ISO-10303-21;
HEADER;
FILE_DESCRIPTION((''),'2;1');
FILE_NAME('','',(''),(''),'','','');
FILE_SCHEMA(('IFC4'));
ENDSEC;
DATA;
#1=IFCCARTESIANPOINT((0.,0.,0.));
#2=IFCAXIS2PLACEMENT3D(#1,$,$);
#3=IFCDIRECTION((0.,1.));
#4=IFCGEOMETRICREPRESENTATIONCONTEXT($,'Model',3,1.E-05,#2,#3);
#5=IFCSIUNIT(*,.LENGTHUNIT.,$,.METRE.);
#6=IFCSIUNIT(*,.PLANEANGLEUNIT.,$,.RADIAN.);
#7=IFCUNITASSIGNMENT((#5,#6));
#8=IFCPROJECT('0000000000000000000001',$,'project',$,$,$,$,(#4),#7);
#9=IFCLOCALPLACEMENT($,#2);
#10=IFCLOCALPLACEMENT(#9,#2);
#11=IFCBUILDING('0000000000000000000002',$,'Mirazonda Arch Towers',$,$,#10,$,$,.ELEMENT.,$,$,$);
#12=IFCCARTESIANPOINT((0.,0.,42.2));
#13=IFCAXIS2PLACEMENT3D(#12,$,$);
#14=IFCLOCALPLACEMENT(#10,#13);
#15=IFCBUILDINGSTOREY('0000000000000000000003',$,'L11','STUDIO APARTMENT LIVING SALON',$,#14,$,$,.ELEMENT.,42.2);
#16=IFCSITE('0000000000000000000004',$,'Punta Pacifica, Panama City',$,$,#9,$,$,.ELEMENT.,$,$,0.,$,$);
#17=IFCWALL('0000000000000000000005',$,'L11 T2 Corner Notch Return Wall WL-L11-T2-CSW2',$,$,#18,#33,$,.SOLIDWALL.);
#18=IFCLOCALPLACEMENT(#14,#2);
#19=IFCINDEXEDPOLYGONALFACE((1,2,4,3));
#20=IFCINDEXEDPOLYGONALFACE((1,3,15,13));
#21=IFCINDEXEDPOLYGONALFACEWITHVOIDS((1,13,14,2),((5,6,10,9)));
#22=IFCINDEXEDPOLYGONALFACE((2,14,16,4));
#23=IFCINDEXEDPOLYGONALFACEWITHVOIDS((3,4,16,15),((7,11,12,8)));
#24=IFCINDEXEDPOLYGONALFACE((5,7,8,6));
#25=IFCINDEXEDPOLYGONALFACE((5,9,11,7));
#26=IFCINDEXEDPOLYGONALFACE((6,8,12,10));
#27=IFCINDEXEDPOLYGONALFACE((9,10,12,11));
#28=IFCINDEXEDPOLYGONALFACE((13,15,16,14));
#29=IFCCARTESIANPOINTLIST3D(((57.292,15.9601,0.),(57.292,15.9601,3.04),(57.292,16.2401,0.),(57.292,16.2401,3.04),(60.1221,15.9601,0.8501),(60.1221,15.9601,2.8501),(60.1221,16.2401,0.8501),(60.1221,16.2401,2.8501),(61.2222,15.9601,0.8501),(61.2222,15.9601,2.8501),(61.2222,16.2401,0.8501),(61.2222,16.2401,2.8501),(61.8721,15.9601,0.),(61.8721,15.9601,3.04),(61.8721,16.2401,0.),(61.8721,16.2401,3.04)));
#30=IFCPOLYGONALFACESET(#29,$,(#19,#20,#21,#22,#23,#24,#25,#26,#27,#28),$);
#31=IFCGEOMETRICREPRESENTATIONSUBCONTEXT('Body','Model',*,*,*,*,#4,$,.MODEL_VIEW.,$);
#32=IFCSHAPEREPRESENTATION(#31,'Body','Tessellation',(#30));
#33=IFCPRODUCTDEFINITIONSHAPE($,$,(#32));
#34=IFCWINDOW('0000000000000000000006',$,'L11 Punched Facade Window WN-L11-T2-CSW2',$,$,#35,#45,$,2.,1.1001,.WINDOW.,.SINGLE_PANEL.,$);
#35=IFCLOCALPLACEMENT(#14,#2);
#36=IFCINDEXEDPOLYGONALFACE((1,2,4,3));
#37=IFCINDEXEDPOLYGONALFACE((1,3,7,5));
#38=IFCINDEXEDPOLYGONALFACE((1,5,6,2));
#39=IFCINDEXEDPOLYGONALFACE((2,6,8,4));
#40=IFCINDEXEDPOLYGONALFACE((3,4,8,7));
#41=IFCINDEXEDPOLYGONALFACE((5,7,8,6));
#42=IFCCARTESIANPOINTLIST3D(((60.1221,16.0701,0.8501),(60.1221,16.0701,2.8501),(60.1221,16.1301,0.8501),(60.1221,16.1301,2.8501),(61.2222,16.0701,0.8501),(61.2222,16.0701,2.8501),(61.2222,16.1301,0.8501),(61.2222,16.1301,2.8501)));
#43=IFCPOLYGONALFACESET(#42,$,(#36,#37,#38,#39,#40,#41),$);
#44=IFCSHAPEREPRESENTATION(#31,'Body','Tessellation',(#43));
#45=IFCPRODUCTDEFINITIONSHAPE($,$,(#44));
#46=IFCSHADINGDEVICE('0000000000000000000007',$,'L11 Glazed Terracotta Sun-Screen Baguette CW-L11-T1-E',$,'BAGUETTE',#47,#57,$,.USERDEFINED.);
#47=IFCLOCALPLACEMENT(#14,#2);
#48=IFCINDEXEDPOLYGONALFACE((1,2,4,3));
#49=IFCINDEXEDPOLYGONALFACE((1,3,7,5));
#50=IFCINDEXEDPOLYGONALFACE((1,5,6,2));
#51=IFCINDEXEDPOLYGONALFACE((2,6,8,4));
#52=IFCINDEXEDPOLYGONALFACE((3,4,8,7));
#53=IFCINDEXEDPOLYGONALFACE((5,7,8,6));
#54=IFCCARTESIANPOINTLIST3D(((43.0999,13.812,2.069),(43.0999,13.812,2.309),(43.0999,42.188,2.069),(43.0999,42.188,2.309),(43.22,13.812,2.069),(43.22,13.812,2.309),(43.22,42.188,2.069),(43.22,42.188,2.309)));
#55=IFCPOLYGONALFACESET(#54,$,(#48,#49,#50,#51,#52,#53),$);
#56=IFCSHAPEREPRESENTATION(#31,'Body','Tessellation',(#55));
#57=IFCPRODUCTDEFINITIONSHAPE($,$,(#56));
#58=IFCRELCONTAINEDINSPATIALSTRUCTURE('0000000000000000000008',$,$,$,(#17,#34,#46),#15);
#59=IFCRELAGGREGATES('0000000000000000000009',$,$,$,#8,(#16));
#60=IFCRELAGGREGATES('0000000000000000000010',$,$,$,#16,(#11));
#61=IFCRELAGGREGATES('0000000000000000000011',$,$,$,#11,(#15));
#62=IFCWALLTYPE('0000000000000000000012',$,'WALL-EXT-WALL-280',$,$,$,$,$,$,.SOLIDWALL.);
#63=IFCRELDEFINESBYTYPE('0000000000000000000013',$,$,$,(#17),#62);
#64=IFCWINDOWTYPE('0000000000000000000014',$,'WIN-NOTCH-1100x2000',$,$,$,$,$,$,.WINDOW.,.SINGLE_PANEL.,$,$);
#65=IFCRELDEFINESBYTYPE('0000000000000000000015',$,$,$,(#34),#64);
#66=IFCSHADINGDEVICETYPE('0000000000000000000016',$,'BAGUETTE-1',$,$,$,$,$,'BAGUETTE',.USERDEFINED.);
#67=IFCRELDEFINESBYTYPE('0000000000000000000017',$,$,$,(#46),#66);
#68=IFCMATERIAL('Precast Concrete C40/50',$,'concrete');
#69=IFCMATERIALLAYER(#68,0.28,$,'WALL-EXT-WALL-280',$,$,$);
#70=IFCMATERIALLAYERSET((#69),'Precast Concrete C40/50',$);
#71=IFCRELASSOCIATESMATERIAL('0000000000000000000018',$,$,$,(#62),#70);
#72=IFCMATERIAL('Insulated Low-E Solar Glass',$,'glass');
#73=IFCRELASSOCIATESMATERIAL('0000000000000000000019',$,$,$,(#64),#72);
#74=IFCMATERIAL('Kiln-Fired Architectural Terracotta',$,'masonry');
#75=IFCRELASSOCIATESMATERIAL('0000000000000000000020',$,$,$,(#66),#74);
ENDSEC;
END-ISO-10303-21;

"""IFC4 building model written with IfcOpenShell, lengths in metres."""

from ifc_helpers import new_model, si_unit, direction, frame, frame_2d, origin, origin_2d, place, context, subcontext, project, spatial, rectangle, extrude, material, layer, layer_set, material_profile, profile_set, type_object, element, fill, save


model = new_model("IFC4")

# Units and contexts
model_context = context("Model", 3, precision=1e-05, world=origin(), true_north=direction((0.0, 1.0)))
body_context = subcontext(model_context, "Body", "Model", "MODEL_VIEW")
ifc_project = project(units=[si_unit("LENGTHUNIT", "METRE"), si_unit("PLANEANGLEUNIT", "RADIAN")], contexts=[model_context])

# Site, building, storey
site_placement = place(None, origin())
site = spatial("IfcSite", under=ifc_project, at=site_placement, Name="Punta Pacifica, Panama City", CompositionType="ELEMENT", RefElevation=0.0)
building_placement = place(site_placement, origin())
building = spatial("IfcBuilding", under=site, at=building_placement, Name="Mirazonda Arch Towers", CompositionType="ELEMENT")
storey_placement = place(building_placement, frame((0.0, 0.0, 42.2)))
storey = spatial("IfcBuildingStorey", under=building, at=storey_placement, Name="L11", Description="STUDIO APARTMENT LIVING SALON", CompositionType="ELEMENT", Elevation=42.2)

# Shared definitions
ifc_material_1 = material(Name="Insulated Low-E Solar Glass", Category="glass")

# Wall, opening, window
ifc_material_2 = material(Name="Precast Concrete C40/50", Category="concrete")
ifc_layer_1 = layer(ifc_material_2, 0.28, Name="WALL-EXT-WALL-280")
ifc_layer_set_1 = layer_set([ifc_layer_1], Name="Precast Concrete C40/50")
wall_type_1 = type_object("IfcWallType", Name="WALL-EXT-WALL-280", PredefinedType="SOLIDWALL", material=ifc_layer_set_1)
wall_1_placement = place(storey_placement, frame((57.292, 16.1001, 0.0), z_axis=(0.0, 0.0, 1.0), x_axis=(1.0, 0.0, 0.0)))
wall_1 = element("IfcWall", 1, at=wall_1_placement, inside=storey, type_object=wall_type_1, Name="L11 T2 Corner Notch Return Wall WL-L11-T2-CSW2", PredefinedType="SOLIDWALL", context=body_context, shape_type="SweptSolid", body=[
    extrude(rectangle(XDim=4.5801, YDim=0.28, at=frame_2d((2.29, 0.0))), origin(), (0.0, 0.0, 1.0), 3.04),
])
opening_1_placement = place(wall_1_placement, frame((2.8301, 0.0, 0.8501)))
opening_1 = element("IfcOpeningElement", 2, at=opening_1_placement, cuts=wall_1, PredefinedType="OPENING", context=body_context, shape_type="SweptSolid", body=[
    extrude(rectangle(XDim=1.1001, YDim=2.0, at=frame_2d((0.55, 1.0))), frame((0.0, 0.1499, 0.0), z_axis=(0.0, -1.0, 0.0), x_axis=(1.0, 0.0, 0.0)), (0.0, 0.0, 1.0), 0.3),
])
window_type = type_object("IfcWindowType", Name="WIN-NOTCH-1100x2000", PartitioningType="SINGLE_PANEL", PredefinedType="WINDOW", material=ifc_material_1)
window_placement = place(opening_1_placement, origin())
window = element("IfcWindow", 3, at=window_placement, inside=storey, type_object=window_type, Name="L11 Punched Facade Window WN-L11-T2-CSW2", OverallHeight=2.0, OverallWidth=1.1001, PartitioningType="SINGLE_PANEL", PredefinedType="WINDOW", context=body_context, shape_type="SweptSolid", body=[
    extrude(rectangle(XDim=1.1001, YDim=2.0, at=frame_2d((0.55, 1.0))), frame((0.0, 0.03, 0.0), z_axis=(0.0, -1.0, 0.0), x_axis=(1.0, 0.0, 0.0)), (0.0, 0.0, 1.0), 0.0601),
])
fill(opening_1, window)

# Shading device
ifc_material_3 = material(Name="Kiln-Fired Architectural Terracotta", Category="masonry")
ifc_material_profile_1 = material_profile(ifc_material_3, rectangle(XDim=0.1201, YDim=0.24, at=origin_2d()), Name="TERRA-BAG-120x240")
ifc_profile_set_1 = profile_set([ifc_material_profile_1], Name="Kiln-Fired Architectural Terracotta")
shading_device_type = type_object("IfcShadingDeviceType", Name="BAGUETTE-1", ElementType="BAGUETTE", PredefinedType="USERDEFINED", material=ifc_profile_set_1)
shading_device_placement = place(storey_placement, frame((43.1599, 13.812, 2.189), z_axis=(0.0, 1.0, 0.0), x_axis=(-1.0, 0.0, 0.0)))
element("IfcShadingDevice", 4, at=shading_device_placement, inside=storey, type_object=shading_device_type, Name="L11 Glazed Terracotta Sun-Screen Baguette CW-L11-T1-E", ObjectType="BAGUETTE", PredefinedType="USERDEFINED", context=body_context, shape_type="SweptSolid", body=[
    extrude(rectangle(XDim=0.1201, YDim=0.24, at=origin_2d()), origin(), (0.0, 0.0, 1.0), 28.376),
])

save(model, "model.ifc")
